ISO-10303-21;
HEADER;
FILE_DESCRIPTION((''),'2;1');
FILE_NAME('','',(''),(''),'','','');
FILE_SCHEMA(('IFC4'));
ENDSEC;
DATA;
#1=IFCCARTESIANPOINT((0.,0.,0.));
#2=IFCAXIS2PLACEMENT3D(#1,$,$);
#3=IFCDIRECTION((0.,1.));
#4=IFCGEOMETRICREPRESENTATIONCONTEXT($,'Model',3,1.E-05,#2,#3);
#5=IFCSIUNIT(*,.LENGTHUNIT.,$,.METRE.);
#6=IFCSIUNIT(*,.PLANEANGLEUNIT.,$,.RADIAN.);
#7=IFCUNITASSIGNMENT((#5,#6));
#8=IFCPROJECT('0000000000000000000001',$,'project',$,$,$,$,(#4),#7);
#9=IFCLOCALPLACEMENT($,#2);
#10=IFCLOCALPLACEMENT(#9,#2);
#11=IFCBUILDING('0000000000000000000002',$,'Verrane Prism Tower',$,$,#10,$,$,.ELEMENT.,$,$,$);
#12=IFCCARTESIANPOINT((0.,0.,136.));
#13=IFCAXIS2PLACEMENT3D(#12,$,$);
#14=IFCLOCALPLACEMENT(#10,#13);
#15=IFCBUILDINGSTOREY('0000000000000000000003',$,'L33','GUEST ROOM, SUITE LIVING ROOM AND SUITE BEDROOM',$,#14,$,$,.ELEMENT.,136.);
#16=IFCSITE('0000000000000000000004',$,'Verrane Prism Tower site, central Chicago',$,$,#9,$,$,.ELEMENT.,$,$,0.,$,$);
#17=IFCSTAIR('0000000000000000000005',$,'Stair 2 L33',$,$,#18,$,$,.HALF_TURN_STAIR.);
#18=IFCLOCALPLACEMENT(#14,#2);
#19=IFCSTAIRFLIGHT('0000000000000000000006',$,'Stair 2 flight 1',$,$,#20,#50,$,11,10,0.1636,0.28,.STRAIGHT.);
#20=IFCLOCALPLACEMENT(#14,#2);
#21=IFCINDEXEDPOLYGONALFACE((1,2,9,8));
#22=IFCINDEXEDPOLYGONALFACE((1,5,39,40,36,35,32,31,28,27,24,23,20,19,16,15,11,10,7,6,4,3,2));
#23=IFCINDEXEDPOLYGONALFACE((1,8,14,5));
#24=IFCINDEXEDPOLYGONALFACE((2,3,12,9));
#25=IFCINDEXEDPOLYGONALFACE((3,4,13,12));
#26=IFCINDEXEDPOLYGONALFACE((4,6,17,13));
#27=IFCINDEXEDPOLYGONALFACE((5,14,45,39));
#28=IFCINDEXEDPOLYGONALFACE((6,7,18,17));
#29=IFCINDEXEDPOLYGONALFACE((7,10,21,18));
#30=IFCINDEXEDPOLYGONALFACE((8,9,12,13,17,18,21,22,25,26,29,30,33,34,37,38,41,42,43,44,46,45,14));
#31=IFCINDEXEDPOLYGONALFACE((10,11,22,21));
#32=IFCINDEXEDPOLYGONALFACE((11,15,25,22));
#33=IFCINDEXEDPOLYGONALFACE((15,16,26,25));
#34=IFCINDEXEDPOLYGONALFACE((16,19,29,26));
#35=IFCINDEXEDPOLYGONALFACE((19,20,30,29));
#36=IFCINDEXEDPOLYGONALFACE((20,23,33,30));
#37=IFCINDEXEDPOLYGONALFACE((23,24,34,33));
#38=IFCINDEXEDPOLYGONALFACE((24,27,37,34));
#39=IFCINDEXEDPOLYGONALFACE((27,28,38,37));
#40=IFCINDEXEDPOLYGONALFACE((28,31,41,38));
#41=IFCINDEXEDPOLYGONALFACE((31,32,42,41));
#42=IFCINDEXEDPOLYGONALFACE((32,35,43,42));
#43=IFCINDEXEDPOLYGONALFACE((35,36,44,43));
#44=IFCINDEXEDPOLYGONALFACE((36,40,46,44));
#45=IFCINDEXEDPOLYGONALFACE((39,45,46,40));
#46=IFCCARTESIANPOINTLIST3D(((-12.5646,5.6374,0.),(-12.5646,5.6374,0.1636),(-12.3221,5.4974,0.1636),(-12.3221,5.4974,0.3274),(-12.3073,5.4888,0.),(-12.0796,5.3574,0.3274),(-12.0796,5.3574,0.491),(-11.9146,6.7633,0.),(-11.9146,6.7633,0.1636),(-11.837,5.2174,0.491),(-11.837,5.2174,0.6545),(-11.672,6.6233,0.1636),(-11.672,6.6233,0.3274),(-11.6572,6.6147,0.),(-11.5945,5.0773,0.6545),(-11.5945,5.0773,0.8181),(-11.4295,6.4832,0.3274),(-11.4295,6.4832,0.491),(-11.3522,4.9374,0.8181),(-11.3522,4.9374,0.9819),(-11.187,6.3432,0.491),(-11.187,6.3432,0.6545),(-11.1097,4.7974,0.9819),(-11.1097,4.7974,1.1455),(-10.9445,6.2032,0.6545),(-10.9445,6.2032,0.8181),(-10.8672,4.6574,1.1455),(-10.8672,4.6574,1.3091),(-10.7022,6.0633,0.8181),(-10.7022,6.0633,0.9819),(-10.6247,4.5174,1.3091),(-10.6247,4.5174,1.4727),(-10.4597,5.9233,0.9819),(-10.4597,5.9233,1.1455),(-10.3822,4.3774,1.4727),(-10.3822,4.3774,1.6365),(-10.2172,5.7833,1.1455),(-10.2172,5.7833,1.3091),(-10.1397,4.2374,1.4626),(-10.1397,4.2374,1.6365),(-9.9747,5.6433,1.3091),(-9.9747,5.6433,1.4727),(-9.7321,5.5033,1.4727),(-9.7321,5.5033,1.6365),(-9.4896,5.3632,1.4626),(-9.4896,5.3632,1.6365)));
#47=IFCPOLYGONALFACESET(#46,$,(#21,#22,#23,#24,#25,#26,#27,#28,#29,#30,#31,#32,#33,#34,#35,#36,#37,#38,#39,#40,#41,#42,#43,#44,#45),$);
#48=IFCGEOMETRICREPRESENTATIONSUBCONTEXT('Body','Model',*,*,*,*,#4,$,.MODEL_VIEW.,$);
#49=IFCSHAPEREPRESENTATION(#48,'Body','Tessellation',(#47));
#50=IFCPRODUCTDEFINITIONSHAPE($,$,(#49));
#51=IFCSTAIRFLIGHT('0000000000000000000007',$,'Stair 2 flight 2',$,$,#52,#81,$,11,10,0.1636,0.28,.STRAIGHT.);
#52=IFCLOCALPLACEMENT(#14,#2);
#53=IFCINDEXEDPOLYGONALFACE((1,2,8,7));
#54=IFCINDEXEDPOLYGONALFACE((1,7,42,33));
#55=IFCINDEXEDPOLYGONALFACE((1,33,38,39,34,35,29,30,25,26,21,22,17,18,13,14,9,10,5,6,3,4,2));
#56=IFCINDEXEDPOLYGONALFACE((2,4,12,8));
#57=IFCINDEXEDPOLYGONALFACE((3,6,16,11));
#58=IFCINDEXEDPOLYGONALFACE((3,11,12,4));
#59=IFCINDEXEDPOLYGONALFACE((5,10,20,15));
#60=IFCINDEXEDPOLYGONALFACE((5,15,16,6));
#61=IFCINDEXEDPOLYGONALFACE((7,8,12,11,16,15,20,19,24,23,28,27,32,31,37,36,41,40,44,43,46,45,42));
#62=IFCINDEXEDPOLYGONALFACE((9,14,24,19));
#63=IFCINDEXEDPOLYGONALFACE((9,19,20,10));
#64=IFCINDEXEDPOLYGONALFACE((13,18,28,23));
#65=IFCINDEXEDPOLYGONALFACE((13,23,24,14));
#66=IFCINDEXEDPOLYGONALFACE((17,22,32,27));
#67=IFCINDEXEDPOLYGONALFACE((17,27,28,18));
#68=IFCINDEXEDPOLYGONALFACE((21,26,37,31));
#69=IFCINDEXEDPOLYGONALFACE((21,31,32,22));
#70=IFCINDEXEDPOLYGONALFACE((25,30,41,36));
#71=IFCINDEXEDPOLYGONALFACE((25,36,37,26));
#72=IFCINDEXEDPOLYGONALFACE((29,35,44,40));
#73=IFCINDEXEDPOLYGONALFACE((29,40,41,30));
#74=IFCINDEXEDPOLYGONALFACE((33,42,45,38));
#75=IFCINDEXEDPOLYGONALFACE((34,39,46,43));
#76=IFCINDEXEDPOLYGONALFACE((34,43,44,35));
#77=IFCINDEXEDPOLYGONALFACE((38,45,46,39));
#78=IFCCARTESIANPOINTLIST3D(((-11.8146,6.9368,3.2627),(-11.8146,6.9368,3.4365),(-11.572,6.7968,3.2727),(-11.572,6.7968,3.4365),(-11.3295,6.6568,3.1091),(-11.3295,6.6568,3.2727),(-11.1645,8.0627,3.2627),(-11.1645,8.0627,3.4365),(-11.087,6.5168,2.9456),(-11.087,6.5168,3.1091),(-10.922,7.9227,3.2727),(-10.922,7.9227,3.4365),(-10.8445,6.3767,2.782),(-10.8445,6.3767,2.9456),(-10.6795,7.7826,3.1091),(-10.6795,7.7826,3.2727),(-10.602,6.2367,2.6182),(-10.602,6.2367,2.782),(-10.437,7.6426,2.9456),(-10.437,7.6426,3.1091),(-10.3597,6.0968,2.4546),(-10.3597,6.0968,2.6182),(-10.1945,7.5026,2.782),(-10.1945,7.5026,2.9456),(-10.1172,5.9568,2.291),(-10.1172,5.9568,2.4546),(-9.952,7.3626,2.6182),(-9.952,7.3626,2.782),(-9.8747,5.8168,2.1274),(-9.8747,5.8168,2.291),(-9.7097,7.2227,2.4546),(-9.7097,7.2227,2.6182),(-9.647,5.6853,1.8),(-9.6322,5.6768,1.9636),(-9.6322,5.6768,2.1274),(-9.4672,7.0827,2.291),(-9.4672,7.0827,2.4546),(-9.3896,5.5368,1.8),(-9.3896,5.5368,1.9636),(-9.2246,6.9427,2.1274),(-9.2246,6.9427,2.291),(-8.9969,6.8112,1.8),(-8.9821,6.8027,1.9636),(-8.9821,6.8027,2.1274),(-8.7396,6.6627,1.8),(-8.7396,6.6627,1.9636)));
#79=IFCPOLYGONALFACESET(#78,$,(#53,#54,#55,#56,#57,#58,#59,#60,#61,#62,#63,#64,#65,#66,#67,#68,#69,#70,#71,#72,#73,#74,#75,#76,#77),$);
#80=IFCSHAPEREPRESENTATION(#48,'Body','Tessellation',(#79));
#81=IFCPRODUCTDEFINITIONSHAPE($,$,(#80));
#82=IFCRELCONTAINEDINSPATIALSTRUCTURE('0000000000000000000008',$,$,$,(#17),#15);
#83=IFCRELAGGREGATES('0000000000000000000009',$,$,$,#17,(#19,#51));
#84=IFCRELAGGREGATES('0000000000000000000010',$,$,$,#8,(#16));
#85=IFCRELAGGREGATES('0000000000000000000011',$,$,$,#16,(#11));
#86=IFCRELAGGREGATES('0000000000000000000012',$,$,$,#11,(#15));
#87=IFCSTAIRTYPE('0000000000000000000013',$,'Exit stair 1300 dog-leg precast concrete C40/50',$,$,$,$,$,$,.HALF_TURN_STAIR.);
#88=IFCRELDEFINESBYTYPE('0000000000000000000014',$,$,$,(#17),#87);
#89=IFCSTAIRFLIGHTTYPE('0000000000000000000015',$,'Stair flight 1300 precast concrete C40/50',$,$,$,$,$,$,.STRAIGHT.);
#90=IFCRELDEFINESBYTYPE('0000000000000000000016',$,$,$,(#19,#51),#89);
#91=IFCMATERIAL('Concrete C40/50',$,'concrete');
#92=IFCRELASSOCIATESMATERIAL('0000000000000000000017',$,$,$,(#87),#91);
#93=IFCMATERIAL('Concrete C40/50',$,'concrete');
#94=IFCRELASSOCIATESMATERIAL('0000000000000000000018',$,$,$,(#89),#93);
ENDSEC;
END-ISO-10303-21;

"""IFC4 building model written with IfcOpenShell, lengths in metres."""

from ifc_helpers import new_model, si_unit, direction, frame, origin, place, context, subcontext, project, spatial, polyline, outline, extrude, material, type_object, element, aggregate, save


model = new_model("IFC4")

# Units and contexts
model_context = context("Model", 3, precision=1e-05, world=origin(), true_north=direction((0.0, 1.0)))
body_context = subcontext(model_context, "Body", "Model", "MODEL_VIEW")
ifc_project = project(units=[si_unit("LENGTHUNIT", "METRE"), si_unit("PLANEANGLEUNIT", "RADIAN")], contexts=[model_context])

# Site, building, storey
site_placement = place(None, origin())
site = spatial("IfcSite", under=ifc_project, at=site_placement, Name="Verrane Prism Tower site, central Chicago", CompositionType="ELEMENT", RefElevation=0.0)
building_placement = place(site_placement, origin())
building = spatial("IfcBuilding", under=site, at=building_placement, Name="Verrane Prism Tower", CompositionType="ELEMENT")
storey_placement = place(building_placement, frame((0.0, 0.0, 136.0)))
storey = spatial("IfcBuildingStorey", under=building, at=storey_placement, Name="L33", Description="GUEST ROOM, SUITE LIVING ROOM AND SUITE BEDROOM", CompositionType="ELEMENT", Elevation=136.0)

# Stair, stair flights
ifc_material_1 = material(Name="Concrete C40/50", Category="concrete")
stair_type = type_object("IfcStairType", Name="Exit stair 1300 dog-leg precast concrete C40/50", PredefinedType="HALF_TURN_STAIR", material=ifc_material_1)
stair_placement = place(storey_placement, origin())
stair = element("IfcStair", 1, at=stair_placement, inside=storey, type_object=stair_type, Name="Stair 2 L33", PredefinedType="HALF_TURN_STAIR")
ifc_material_2 = material(Name="Concrete C40/50", Category="concrete")
stair_flight_type = type_object("IfcStairFlightType", Name="Stair flight 1300 precast concrete C40/50", PredefinedType="STRAIGHT", material=ifc_material_2)
stair_flight_1_placement = place(storey_placement, frame((-12.2395, 6.2004, 0.0), z_axis=(0.0, 0.0, 1.0), x_axis=(0.866025, -0.5, 0.0)))
stair_flight_1 = element("IfcStairFlight", 2, at=stair_flight_1_placement, type_object=stair_flight_type, Name="Stair 2 flight 1", NumberOfRisers=11, NumberOfTreads=10, PredefinedType="STRAIGHT", RiserHeight=0.1636, TreadLength=0.28, context=body_context, shape_type="SweptSolid", body=[
    extrude(outline(polyline([(0.0, 0.0), (0.0, 0.1636), (0.28, 0.1636), (0.28, 0.3274), (0.5601, 0.3274), (0.5601, 0.491), (0.8401, 0.491), (0.8401, 0.6545), (1.1201, 0.6545), (1.1201, 0.8181), (1.3999, 0.8181), (1.3999, 0.9819), (1.6799, 0.9819), (1.6799, 1.1455), (1.96, 1.1455), (1.96, 1.3091), (2.24, 1.3091), (2.24, 1.4727), (2.52, 1.4727), (2.52, 1.6365), (2.8, 1.6365), (2.8, 1.8), (2.8, 1.4626), (0.2971, 0.0), (0.0, 0.0)])), frame((0.0, 0.6499, 0.0), z_axis=(0.0, -1.0, 0.0), x_axis=(1.0, 0.0, 0.0)), (0.0, 0.0, 1.0), 1.3),
])
stair_flight_2_placement = place(storey_placement, frame((-9.0647, 6.0996, 1.8), z_axis=(0.0, 0.0, 1.0), x_axis=(-0.866025, 0.5, 0.0)))
stair_flight_2 = element("IfcStairFlight", 3, at=stair_flight_2_placement, type_object=stair_flight_type, Name="Stair 2 flight 2", NumberOfRisers=11, NumberOfTreads=10, PredefinedType="STRAIGHT", RiserHeight=0.1636, TreadLength=0.28, context=body_context, shape_type="SweptSolid", body=[
    extrude(outline(polyline([(0.0, 0.0), (0.0, 0.1636), (0.28, 0.1636), (0.28, 0.3274), (0.5601, 0.3274), (0.5601, 0.491), (0.8401, 0.491), (0.8401, 0.6545), (1.1201, 0.6545), (1.1201, 0.8181), (1.3999, 0.8181), (1.3999, 0.9819), (1.6799, 0.9819), (1.6799, 1.1455), (1.96, 1.1455), (1.96, 1.3091), (2.24, 1.3091), (2.24, 1.4727), (2.52, 1.4727), (2.52, 1.6365), (2.8, 1.6365), (2.8, 1.8), (2.8, 1.4626), (0.2971, 0.0), (0.0, 0.0)])), frame((0.0, 0.6499, 0.0), z_axis=(0.0, -1.0, 0.0), x_axis=(1.0, 0.0, 0.0)), (0.0, 0.0, 1.0), 1.3),
])
aggregate(stair, [stair_flight_1, stair_flight_2])

save(model, "model.ifc")
